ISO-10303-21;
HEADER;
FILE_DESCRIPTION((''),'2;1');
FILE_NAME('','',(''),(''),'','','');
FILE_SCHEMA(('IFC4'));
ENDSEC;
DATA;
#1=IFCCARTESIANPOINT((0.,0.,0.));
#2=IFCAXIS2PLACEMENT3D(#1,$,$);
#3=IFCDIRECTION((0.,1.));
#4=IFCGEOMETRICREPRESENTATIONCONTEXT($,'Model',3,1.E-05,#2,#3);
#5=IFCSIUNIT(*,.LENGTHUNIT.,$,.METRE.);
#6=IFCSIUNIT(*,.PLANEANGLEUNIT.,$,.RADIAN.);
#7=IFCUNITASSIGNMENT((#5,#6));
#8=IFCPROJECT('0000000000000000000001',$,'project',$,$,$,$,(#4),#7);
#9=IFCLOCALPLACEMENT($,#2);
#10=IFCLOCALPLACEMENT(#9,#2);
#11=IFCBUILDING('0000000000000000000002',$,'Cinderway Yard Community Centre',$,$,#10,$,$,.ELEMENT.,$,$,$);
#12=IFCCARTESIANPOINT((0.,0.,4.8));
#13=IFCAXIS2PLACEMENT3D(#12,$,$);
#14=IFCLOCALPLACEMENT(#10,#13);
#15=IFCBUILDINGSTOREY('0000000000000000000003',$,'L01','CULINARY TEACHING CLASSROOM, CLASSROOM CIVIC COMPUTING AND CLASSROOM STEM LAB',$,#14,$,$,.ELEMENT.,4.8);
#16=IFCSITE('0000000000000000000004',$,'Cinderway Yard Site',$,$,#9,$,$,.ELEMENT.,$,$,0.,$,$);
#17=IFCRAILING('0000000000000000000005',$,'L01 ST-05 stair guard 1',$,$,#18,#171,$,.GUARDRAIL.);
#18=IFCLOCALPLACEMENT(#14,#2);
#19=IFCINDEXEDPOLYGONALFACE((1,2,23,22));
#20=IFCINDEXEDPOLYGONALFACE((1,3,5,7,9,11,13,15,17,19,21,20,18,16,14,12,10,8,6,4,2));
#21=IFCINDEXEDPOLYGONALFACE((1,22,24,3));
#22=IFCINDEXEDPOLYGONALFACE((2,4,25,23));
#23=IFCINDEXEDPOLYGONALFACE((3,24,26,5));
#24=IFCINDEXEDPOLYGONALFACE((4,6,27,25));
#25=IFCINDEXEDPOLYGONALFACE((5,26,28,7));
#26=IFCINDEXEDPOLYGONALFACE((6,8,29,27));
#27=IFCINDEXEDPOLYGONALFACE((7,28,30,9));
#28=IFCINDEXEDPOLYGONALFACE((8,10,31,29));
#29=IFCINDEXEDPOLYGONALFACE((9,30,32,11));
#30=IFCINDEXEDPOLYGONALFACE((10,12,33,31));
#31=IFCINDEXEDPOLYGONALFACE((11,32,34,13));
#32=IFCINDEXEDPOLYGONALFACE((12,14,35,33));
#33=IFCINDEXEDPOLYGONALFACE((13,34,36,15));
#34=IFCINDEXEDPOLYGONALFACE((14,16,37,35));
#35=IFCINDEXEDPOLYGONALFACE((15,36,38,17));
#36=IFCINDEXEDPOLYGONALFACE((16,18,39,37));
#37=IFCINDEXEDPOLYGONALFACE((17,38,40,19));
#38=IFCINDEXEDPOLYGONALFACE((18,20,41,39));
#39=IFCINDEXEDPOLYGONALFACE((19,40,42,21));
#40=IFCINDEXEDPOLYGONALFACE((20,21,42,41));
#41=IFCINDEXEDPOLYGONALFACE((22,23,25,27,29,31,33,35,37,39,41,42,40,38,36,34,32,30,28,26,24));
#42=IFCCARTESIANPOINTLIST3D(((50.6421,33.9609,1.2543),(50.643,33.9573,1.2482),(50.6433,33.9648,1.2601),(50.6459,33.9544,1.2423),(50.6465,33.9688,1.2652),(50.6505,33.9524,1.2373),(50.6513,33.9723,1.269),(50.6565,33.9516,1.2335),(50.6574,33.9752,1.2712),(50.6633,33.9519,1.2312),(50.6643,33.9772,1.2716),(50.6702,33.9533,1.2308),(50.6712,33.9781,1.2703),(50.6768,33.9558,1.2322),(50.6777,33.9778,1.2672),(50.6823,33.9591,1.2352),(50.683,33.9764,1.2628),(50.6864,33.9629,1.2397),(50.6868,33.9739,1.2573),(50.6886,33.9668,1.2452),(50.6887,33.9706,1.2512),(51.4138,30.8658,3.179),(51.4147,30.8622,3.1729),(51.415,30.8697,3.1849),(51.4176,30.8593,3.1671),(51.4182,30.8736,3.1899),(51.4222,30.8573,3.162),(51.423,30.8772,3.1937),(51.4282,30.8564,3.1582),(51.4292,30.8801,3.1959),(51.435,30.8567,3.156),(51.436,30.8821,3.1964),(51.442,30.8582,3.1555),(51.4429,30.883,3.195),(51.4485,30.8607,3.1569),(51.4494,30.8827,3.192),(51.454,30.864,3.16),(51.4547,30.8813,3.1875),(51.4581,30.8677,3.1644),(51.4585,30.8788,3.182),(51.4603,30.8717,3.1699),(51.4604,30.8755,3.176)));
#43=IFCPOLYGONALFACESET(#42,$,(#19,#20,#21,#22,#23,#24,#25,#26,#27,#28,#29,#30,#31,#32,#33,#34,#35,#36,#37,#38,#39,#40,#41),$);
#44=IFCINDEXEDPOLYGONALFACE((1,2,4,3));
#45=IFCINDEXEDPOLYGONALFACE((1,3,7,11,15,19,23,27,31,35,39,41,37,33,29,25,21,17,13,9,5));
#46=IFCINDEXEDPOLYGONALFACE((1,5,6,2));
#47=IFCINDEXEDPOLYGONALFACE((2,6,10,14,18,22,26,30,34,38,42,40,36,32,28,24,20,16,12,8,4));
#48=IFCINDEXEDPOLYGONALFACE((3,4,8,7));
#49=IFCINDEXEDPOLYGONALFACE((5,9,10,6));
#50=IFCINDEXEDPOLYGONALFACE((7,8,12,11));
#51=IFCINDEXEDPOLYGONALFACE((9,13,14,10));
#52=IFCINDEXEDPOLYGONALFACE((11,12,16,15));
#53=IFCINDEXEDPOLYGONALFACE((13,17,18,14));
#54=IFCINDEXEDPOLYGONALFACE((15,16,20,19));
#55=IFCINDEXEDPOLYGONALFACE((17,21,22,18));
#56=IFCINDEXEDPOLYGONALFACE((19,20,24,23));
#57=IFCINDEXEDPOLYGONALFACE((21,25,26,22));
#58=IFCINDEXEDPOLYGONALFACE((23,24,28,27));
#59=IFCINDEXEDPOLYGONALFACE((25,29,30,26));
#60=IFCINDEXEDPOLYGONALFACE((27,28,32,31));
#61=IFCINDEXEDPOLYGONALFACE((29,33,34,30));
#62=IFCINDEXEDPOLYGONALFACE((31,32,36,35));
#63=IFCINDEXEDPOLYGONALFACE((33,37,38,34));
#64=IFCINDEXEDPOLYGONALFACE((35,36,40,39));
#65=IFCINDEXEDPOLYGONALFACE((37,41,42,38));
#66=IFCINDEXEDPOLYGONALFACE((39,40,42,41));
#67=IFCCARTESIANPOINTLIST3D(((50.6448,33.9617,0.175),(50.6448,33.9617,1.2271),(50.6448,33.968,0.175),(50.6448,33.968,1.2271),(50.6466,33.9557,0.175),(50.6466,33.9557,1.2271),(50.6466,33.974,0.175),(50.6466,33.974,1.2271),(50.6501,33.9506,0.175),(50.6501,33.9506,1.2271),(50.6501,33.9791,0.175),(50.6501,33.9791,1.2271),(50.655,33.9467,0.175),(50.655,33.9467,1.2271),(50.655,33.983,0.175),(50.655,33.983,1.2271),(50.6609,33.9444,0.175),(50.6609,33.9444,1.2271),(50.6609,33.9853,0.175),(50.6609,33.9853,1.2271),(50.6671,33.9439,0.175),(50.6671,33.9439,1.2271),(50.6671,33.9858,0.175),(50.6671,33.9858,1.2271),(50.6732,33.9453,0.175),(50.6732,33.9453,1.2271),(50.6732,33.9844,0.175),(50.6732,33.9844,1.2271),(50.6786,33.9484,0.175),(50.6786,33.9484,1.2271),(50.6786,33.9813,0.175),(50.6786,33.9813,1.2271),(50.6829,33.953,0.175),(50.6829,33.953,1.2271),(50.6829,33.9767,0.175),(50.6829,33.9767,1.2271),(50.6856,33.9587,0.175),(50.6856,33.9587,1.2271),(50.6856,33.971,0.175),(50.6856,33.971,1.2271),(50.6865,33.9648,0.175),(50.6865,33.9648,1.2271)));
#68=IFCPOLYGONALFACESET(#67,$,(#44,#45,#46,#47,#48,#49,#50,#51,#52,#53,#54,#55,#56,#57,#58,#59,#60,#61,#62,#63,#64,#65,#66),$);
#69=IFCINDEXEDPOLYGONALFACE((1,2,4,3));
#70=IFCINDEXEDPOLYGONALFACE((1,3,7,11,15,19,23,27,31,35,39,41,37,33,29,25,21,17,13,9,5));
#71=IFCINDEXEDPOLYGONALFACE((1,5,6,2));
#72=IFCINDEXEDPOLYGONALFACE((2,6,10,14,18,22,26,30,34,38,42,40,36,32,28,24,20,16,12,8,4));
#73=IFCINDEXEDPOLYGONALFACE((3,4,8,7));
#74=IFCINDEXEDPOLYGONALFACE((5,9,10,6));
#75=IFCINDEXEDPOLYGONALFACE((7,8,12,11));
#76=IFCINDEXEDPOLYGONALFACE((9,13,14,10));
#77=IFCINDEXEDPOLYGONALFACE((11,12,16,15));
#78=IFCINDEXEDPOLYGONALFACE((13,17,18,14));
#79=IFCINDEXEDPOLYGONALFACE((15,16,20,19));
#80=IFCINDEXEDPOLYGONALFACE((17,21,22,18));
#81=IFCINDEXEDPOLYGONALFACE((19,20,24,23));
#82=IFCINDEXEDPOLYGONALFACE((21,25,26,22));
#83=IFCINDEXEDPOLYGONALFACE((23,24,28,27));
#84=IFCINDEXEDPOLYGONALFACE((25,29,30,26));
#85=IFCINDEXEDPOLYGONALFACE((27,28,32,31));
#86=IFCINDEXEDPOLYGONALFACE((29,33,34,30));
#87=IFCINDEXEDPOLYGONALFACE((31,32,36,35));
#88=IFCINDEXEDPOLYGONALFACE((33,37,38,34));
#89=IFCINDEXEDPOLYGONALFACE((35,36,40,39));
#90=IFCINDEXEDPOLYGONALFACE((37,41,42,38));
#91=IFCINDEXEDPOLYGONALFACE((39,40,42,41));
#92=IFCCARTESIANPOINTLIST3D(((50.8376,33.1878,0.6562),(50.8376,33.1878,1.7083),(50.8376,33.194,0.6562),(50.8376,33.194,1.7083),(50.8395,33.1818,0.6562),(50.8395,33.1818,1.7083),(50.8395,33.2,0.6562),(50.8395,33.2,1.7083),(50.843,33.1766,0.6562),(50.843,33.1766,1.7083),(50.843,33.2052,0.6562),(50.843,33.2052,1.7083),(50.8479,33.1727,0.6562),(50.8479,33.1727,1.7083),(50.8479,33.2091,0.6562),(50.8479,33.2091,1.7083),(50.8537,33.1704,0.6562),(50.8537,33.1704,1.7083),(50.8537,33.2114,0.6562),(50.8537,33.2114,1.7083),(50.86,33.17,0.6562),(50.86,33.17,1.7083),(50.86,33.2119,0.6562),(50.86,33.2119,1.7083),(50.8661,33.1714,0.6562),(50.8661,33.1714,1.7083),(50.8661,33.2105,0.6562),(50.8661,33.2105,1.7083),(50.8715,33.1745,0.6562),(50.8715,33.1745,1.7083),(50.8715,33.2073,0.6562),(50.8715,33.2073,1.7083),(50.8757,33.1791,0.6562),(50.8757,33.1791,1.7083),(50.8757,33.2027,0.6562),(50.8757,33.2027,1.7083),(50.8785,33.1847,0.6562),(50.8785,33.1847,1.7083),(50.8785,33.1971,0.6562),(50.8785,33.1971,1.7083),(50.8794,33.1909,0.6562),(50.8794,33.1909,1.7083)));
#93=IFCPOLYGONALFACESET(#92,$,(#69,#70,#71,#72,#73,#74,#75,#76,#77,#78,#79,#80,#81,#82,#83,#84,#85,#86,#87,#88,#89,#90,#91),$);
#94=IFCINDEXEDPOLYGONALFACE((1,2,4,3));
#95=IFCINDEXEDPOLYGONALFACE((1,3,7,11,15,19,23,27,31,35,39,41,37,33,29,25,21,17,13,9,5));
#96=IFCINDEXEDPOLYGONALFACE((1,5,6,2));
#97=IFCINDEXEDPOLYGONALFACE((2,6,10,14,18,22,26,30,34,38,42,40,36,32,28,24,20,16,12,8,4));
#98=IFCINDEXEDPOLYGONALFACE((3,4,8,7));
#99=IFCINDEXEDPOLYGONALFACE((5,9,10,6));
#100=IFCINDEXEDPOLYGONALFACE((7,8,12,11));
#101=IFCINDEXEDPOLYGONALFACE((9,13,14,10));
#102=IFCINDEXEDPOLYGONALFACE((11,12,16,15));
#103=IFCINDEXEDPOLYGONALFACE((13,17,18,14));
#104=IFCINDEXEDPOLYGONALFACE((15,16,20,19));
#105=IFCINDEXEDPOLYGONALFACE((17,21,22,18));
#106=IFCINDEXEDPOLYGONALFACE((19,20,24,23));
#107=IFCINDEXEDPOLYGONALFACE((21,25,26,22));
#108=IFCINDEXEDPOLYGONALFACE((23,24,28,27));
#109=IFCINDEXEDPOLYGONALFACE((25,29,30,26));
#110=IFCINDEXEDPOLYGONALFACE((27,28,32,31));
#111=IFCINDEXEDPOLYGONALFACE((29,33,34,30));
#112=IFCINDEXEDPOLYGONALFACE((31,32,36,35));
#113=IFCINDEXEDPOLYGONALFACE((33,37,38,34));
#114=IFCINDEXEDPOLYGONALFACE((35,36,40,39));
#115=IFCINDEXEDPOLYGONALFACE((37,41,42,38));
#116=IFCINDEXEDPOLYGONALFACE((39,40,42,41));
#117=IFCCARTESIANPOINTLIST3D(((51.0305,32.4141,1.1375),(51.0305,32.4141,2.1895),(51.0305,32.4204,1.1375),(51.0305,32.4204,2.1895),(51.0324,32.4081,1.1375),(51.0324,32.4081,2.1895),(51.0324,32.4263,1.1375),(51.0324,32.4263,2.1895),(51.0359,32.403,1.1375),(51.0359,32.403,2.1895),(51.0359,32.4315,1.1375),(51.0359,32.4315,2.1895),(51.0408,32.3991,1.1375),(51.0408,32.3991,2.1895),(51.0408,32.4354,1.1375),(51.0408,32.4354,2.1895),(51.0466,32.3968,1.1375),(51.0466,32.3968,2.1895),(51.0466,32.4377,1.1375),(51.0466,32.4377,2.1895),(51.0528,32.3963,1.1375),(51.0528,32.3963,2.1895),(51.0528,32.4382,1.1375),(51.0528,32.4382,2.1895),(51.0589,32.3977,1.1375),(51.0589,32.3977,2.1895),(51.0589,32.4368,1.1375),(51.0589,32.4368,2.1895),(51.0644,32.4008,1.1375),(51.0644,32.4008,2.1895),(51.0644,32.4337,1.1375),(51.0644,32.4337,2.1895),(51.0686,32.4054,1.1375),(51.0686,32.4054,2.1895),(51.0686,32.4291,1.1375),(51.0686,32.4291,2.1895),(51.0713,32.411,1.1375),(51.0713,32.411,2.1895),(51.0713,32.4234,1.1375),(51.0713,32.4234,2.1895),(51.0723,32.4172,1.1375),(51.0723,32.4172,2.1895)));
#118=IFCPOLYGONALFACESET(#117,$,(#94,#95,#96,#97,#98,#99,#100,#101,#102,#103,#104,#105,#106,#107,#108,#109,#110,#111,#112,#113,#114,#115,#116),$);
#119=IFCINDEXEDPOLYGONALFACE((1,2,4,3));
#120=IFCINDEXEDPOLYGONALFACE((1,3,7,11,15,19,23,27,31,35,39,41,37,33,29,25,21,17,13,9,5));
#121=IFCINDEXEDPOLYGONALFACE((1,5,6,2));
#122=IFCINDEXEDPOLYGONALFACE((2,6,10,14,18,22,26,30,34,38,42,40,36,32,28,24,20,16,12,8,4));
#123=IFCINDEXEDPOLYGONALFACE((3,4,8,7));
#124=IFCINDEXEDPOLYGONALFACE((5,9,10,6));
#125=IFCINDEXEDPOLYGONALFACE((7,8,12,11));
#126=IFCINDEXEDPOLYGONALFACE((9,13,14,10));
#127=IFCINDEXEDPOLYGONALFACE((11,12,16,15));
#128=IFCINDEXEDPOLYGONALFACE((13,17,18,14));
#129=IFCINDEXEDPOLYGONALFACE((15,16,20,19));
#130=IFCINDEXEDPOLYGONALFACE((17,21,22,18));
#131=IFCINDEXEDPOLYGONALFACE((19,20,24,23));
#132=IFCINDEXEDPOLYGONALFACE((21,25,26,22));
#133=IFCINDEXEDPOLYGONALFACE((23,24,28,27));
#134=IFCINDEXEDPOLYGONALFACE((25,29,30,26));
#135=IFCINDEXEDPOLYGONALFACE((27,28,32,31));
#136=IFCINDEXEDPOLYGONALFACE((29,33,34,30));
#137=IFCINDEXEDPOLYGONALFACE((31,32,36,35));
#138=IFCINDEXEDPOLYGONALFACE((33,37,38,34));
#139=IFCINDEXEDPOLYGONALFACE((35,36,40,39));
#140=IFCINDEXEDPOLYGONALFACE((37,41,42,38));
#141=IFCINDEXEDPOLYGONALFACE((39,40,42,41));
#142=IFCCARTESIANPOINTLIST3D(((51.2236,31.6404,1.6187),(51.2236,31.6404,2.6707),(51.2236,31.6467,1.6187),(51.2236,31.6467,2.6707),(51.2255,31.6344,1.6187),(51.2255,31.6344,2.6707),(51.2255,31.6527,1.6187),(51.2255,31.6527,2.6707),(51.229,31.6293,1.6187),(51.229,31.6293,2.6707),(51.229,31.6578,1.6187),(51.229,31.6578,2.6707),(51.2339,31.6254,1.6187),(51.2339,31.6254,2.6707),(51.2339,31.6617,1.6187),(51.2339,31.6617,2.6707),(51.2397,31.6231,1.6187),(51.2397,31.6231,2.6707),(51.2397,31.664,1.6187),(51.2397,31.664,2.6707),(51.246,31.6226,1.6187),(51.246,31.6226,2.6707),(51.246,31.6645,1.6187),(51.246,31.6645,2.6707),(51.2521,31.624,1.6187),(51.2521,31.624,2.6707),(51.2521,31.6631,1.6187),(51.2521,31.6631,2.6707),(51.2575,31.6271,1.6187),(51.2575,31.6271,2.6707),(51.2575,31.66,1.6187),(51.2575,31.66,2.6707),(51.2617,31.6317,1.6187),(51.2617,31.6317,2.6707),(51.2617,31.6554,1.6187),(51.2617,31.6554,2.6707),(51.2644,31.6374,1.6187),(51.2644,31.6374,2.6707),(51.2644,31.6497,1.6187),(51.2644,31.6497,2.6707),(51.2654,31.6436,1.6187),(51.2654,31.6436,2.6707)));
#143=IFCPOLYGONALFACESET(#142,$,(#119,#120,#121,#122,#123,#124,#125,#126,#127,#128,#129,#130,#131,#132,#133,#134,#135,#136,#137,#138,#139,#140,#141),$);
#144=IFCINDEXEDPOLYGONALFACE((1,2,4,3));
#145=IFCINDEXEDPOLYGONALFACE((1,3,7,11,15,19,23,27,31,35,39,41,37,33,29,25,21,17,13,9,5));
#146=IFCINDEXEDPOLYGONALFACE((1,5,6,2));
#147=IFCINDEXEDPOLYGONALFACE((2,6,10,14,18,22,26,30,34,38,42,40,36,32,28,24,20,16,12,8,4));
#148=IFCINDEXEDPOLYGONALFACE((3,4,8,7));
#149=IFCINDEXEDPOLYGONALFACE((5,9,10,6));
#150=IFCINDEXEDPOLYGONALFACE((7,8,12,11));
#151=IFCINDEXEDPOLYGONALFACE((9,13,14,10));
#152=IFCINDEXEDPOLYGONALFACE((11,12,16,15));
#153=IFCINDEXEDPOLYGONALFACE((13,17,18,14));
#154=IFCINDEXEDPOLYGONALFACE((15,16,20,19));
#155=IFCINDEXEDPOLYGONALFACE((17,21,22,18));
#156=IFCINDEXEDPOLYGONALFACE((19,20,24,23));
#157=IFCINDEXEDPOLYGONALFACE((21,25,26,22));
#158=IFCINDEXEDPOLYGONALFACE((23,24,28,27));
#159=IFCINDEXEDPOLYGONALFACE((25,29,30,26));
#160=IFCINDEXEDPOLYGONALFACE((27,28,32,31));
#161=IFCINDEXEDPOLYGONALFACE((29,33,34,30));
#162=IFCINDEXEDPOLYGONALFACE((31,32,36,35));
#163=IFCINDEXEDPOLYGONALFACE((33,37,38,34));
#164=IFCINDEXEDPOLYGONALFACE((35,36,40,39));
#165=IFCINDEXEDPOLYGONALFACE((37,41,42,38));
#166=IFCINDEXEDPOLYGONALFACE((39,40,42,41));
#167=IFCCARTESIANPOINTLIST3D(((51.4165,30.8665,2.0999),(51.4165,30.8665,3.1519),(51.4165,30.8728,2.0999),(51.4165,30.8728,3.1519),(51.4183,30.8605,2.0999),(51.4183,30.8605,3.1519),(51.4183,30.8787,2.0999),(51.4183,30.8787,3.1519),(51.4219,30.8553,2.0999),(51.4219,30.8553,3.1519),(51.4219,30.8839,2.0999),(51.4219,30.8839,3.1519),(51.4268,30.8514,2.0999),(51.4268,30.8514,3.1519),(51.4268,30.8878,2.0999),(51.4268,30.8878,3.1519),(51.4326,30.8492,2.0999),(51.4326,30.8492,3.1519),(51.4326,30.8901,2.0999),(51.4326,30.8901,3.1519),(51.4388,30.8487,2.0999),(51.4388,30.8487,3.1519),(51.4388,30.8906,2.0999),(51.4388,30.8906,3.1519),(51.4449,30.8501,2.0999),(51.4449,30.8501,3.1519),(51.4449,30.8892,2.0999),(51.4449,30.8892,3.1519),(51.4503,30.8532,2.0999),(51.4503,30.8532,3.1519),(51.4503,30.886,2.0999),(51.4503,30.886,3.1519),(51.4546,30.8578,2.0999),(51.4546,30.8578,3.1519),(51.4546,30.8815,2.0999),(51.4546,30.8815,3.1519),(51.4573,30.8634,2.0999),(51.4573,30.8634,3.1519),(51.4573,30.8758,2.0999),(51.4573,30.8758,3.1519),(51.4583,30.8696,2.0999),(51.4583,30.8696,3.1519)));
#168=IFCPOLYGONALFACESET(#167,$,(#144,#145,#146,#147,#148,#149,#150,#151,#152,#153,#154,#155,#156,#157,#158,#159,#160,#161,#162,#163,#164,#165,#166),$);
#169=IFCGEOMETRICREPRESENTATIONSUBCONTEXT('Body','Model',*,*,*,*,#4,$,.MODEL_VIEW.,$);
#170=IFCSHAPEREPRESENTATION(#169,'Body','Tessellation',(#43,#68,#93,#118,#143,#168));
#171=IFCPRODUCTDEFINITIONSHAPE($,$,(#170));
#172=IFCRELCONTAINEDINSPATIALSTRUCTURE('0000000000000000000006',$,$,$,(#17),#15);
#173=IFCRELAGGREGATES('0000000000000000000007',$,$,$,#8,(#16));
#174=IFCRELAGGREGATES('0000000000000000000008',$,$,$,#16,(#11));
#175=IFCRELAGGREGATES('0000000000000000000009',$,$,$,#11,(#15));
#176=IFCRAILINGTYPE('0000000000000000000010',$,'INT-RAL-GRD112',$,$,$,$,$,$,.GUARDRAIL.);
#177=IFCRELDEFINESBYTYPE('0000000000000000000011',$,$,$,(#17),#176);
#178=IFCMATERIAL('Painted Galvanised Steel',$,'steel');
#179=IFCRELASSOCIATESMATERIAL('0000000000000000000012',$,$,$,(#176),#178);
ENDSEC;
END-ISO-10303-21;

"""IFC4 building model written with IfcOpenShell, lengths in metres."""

from ifc_helpers import new_model, si_unit, direction, frame, origin, origin_2d, place, context, subcontext, project, spatial, circle, extrude, material, type_object, element, save


model = new_model("IFC4")

# Units and contexts
model_context = context("Model", 3, precision=1e-05, world=origin(), true_north=direction((0.0, 1.0)))
body_context = subcontext(model_context, "Body", "Model", "MODEL_VIEW")
ifc_project = project(units=[si_unit("LENGTHUNIT", "METRE"), si_unit("PLANEANGLEUNIT", "RADIAN")], contexts=[model_context])

# Site, building, storey
site_placement = place(None, origin())
site = spatial("IfcSite", under=ifc_project, at=site_placement, Name="Cinderway Yard Site", CompositionType="ELEMENT", RefElevation=0.0)
building_placement = place(site_placement, origin())
building = spatial("IfcBuilding", under=site, at=building_placement, Name="Cinderway Yard Community Centre", CompositionType="ELEMENT")
storey_placement = place(building_placement, frame((0.0, 0.0, 4.8)))
storey = spatial("IfcBuildingStorey", under=building, at=storey_placement, Name="L01", Description="CULINARY TEACHING CLASSROOM, CLASSROOM CIVIC COMPUTING AND CLASSROOM STEM LAB", CompositionType="ELEMENT", Elevation=4.8)

# Shared definitions
ifc_material_1 = material(Name="Painted Galvanised Steel", Category="steel")

# Railing
railing_type_1 = type_object("IfcRailingType", Name="INT-RAL-GRD112", PredefinedType="GUARDRAIL", material=ifc_material_1)
railing_1_placement = place(storey_placement, frame((50.6655, 33.9648, 0.175)))
element("IfcRailing", 1, at=railing_1_placement, inside=storey, type_object=railing_type_1, Name="L01 ST-05 stair guard 1", PredefinedType="GUARDRAIL", context=body_context, shape_type="SweptSolid", body=[
    extrude(circle(Radius=0.0239, at=origin_2d()), frame((0.0, 0.0, 1.0762), z_axis=(0.207137, -0.830775, 0.51663), x_axis=(0.970295, 0.241923, 0.0)), (0.0, 0.0, 1.0), 3.7256),
    extrude(circle(Radius=0.021, at=origin_2d()), origin(), (0.0, 0.0, 1.0), 1.052),
    extrude(circle(Radius=0.021, at=origin_2d()), frame((0.1929, -0.7739, 0.4812)), (0.0, 0.0, 1.0), 1.052),
    extrude(circle(Radius=0.021, at=origin_2d()), frame((0.3857, -1.5476, 0.9624)), (0.0, 0.0, 1.0), 1.052),
    extrude(circle(Radius=0.021, at=origin_2d()), frame((0.5789, -2.3213, 1.4436)), (0.0, 0.0, 1.0), 1.052),
    extrude(circle(Radius=0.021, at=origin_2d()), frame((0.7717, -3.0952, 1.9248)), (0.0, 0.0, 1.0), 1.052),
])

save(model, "model.ifc")
